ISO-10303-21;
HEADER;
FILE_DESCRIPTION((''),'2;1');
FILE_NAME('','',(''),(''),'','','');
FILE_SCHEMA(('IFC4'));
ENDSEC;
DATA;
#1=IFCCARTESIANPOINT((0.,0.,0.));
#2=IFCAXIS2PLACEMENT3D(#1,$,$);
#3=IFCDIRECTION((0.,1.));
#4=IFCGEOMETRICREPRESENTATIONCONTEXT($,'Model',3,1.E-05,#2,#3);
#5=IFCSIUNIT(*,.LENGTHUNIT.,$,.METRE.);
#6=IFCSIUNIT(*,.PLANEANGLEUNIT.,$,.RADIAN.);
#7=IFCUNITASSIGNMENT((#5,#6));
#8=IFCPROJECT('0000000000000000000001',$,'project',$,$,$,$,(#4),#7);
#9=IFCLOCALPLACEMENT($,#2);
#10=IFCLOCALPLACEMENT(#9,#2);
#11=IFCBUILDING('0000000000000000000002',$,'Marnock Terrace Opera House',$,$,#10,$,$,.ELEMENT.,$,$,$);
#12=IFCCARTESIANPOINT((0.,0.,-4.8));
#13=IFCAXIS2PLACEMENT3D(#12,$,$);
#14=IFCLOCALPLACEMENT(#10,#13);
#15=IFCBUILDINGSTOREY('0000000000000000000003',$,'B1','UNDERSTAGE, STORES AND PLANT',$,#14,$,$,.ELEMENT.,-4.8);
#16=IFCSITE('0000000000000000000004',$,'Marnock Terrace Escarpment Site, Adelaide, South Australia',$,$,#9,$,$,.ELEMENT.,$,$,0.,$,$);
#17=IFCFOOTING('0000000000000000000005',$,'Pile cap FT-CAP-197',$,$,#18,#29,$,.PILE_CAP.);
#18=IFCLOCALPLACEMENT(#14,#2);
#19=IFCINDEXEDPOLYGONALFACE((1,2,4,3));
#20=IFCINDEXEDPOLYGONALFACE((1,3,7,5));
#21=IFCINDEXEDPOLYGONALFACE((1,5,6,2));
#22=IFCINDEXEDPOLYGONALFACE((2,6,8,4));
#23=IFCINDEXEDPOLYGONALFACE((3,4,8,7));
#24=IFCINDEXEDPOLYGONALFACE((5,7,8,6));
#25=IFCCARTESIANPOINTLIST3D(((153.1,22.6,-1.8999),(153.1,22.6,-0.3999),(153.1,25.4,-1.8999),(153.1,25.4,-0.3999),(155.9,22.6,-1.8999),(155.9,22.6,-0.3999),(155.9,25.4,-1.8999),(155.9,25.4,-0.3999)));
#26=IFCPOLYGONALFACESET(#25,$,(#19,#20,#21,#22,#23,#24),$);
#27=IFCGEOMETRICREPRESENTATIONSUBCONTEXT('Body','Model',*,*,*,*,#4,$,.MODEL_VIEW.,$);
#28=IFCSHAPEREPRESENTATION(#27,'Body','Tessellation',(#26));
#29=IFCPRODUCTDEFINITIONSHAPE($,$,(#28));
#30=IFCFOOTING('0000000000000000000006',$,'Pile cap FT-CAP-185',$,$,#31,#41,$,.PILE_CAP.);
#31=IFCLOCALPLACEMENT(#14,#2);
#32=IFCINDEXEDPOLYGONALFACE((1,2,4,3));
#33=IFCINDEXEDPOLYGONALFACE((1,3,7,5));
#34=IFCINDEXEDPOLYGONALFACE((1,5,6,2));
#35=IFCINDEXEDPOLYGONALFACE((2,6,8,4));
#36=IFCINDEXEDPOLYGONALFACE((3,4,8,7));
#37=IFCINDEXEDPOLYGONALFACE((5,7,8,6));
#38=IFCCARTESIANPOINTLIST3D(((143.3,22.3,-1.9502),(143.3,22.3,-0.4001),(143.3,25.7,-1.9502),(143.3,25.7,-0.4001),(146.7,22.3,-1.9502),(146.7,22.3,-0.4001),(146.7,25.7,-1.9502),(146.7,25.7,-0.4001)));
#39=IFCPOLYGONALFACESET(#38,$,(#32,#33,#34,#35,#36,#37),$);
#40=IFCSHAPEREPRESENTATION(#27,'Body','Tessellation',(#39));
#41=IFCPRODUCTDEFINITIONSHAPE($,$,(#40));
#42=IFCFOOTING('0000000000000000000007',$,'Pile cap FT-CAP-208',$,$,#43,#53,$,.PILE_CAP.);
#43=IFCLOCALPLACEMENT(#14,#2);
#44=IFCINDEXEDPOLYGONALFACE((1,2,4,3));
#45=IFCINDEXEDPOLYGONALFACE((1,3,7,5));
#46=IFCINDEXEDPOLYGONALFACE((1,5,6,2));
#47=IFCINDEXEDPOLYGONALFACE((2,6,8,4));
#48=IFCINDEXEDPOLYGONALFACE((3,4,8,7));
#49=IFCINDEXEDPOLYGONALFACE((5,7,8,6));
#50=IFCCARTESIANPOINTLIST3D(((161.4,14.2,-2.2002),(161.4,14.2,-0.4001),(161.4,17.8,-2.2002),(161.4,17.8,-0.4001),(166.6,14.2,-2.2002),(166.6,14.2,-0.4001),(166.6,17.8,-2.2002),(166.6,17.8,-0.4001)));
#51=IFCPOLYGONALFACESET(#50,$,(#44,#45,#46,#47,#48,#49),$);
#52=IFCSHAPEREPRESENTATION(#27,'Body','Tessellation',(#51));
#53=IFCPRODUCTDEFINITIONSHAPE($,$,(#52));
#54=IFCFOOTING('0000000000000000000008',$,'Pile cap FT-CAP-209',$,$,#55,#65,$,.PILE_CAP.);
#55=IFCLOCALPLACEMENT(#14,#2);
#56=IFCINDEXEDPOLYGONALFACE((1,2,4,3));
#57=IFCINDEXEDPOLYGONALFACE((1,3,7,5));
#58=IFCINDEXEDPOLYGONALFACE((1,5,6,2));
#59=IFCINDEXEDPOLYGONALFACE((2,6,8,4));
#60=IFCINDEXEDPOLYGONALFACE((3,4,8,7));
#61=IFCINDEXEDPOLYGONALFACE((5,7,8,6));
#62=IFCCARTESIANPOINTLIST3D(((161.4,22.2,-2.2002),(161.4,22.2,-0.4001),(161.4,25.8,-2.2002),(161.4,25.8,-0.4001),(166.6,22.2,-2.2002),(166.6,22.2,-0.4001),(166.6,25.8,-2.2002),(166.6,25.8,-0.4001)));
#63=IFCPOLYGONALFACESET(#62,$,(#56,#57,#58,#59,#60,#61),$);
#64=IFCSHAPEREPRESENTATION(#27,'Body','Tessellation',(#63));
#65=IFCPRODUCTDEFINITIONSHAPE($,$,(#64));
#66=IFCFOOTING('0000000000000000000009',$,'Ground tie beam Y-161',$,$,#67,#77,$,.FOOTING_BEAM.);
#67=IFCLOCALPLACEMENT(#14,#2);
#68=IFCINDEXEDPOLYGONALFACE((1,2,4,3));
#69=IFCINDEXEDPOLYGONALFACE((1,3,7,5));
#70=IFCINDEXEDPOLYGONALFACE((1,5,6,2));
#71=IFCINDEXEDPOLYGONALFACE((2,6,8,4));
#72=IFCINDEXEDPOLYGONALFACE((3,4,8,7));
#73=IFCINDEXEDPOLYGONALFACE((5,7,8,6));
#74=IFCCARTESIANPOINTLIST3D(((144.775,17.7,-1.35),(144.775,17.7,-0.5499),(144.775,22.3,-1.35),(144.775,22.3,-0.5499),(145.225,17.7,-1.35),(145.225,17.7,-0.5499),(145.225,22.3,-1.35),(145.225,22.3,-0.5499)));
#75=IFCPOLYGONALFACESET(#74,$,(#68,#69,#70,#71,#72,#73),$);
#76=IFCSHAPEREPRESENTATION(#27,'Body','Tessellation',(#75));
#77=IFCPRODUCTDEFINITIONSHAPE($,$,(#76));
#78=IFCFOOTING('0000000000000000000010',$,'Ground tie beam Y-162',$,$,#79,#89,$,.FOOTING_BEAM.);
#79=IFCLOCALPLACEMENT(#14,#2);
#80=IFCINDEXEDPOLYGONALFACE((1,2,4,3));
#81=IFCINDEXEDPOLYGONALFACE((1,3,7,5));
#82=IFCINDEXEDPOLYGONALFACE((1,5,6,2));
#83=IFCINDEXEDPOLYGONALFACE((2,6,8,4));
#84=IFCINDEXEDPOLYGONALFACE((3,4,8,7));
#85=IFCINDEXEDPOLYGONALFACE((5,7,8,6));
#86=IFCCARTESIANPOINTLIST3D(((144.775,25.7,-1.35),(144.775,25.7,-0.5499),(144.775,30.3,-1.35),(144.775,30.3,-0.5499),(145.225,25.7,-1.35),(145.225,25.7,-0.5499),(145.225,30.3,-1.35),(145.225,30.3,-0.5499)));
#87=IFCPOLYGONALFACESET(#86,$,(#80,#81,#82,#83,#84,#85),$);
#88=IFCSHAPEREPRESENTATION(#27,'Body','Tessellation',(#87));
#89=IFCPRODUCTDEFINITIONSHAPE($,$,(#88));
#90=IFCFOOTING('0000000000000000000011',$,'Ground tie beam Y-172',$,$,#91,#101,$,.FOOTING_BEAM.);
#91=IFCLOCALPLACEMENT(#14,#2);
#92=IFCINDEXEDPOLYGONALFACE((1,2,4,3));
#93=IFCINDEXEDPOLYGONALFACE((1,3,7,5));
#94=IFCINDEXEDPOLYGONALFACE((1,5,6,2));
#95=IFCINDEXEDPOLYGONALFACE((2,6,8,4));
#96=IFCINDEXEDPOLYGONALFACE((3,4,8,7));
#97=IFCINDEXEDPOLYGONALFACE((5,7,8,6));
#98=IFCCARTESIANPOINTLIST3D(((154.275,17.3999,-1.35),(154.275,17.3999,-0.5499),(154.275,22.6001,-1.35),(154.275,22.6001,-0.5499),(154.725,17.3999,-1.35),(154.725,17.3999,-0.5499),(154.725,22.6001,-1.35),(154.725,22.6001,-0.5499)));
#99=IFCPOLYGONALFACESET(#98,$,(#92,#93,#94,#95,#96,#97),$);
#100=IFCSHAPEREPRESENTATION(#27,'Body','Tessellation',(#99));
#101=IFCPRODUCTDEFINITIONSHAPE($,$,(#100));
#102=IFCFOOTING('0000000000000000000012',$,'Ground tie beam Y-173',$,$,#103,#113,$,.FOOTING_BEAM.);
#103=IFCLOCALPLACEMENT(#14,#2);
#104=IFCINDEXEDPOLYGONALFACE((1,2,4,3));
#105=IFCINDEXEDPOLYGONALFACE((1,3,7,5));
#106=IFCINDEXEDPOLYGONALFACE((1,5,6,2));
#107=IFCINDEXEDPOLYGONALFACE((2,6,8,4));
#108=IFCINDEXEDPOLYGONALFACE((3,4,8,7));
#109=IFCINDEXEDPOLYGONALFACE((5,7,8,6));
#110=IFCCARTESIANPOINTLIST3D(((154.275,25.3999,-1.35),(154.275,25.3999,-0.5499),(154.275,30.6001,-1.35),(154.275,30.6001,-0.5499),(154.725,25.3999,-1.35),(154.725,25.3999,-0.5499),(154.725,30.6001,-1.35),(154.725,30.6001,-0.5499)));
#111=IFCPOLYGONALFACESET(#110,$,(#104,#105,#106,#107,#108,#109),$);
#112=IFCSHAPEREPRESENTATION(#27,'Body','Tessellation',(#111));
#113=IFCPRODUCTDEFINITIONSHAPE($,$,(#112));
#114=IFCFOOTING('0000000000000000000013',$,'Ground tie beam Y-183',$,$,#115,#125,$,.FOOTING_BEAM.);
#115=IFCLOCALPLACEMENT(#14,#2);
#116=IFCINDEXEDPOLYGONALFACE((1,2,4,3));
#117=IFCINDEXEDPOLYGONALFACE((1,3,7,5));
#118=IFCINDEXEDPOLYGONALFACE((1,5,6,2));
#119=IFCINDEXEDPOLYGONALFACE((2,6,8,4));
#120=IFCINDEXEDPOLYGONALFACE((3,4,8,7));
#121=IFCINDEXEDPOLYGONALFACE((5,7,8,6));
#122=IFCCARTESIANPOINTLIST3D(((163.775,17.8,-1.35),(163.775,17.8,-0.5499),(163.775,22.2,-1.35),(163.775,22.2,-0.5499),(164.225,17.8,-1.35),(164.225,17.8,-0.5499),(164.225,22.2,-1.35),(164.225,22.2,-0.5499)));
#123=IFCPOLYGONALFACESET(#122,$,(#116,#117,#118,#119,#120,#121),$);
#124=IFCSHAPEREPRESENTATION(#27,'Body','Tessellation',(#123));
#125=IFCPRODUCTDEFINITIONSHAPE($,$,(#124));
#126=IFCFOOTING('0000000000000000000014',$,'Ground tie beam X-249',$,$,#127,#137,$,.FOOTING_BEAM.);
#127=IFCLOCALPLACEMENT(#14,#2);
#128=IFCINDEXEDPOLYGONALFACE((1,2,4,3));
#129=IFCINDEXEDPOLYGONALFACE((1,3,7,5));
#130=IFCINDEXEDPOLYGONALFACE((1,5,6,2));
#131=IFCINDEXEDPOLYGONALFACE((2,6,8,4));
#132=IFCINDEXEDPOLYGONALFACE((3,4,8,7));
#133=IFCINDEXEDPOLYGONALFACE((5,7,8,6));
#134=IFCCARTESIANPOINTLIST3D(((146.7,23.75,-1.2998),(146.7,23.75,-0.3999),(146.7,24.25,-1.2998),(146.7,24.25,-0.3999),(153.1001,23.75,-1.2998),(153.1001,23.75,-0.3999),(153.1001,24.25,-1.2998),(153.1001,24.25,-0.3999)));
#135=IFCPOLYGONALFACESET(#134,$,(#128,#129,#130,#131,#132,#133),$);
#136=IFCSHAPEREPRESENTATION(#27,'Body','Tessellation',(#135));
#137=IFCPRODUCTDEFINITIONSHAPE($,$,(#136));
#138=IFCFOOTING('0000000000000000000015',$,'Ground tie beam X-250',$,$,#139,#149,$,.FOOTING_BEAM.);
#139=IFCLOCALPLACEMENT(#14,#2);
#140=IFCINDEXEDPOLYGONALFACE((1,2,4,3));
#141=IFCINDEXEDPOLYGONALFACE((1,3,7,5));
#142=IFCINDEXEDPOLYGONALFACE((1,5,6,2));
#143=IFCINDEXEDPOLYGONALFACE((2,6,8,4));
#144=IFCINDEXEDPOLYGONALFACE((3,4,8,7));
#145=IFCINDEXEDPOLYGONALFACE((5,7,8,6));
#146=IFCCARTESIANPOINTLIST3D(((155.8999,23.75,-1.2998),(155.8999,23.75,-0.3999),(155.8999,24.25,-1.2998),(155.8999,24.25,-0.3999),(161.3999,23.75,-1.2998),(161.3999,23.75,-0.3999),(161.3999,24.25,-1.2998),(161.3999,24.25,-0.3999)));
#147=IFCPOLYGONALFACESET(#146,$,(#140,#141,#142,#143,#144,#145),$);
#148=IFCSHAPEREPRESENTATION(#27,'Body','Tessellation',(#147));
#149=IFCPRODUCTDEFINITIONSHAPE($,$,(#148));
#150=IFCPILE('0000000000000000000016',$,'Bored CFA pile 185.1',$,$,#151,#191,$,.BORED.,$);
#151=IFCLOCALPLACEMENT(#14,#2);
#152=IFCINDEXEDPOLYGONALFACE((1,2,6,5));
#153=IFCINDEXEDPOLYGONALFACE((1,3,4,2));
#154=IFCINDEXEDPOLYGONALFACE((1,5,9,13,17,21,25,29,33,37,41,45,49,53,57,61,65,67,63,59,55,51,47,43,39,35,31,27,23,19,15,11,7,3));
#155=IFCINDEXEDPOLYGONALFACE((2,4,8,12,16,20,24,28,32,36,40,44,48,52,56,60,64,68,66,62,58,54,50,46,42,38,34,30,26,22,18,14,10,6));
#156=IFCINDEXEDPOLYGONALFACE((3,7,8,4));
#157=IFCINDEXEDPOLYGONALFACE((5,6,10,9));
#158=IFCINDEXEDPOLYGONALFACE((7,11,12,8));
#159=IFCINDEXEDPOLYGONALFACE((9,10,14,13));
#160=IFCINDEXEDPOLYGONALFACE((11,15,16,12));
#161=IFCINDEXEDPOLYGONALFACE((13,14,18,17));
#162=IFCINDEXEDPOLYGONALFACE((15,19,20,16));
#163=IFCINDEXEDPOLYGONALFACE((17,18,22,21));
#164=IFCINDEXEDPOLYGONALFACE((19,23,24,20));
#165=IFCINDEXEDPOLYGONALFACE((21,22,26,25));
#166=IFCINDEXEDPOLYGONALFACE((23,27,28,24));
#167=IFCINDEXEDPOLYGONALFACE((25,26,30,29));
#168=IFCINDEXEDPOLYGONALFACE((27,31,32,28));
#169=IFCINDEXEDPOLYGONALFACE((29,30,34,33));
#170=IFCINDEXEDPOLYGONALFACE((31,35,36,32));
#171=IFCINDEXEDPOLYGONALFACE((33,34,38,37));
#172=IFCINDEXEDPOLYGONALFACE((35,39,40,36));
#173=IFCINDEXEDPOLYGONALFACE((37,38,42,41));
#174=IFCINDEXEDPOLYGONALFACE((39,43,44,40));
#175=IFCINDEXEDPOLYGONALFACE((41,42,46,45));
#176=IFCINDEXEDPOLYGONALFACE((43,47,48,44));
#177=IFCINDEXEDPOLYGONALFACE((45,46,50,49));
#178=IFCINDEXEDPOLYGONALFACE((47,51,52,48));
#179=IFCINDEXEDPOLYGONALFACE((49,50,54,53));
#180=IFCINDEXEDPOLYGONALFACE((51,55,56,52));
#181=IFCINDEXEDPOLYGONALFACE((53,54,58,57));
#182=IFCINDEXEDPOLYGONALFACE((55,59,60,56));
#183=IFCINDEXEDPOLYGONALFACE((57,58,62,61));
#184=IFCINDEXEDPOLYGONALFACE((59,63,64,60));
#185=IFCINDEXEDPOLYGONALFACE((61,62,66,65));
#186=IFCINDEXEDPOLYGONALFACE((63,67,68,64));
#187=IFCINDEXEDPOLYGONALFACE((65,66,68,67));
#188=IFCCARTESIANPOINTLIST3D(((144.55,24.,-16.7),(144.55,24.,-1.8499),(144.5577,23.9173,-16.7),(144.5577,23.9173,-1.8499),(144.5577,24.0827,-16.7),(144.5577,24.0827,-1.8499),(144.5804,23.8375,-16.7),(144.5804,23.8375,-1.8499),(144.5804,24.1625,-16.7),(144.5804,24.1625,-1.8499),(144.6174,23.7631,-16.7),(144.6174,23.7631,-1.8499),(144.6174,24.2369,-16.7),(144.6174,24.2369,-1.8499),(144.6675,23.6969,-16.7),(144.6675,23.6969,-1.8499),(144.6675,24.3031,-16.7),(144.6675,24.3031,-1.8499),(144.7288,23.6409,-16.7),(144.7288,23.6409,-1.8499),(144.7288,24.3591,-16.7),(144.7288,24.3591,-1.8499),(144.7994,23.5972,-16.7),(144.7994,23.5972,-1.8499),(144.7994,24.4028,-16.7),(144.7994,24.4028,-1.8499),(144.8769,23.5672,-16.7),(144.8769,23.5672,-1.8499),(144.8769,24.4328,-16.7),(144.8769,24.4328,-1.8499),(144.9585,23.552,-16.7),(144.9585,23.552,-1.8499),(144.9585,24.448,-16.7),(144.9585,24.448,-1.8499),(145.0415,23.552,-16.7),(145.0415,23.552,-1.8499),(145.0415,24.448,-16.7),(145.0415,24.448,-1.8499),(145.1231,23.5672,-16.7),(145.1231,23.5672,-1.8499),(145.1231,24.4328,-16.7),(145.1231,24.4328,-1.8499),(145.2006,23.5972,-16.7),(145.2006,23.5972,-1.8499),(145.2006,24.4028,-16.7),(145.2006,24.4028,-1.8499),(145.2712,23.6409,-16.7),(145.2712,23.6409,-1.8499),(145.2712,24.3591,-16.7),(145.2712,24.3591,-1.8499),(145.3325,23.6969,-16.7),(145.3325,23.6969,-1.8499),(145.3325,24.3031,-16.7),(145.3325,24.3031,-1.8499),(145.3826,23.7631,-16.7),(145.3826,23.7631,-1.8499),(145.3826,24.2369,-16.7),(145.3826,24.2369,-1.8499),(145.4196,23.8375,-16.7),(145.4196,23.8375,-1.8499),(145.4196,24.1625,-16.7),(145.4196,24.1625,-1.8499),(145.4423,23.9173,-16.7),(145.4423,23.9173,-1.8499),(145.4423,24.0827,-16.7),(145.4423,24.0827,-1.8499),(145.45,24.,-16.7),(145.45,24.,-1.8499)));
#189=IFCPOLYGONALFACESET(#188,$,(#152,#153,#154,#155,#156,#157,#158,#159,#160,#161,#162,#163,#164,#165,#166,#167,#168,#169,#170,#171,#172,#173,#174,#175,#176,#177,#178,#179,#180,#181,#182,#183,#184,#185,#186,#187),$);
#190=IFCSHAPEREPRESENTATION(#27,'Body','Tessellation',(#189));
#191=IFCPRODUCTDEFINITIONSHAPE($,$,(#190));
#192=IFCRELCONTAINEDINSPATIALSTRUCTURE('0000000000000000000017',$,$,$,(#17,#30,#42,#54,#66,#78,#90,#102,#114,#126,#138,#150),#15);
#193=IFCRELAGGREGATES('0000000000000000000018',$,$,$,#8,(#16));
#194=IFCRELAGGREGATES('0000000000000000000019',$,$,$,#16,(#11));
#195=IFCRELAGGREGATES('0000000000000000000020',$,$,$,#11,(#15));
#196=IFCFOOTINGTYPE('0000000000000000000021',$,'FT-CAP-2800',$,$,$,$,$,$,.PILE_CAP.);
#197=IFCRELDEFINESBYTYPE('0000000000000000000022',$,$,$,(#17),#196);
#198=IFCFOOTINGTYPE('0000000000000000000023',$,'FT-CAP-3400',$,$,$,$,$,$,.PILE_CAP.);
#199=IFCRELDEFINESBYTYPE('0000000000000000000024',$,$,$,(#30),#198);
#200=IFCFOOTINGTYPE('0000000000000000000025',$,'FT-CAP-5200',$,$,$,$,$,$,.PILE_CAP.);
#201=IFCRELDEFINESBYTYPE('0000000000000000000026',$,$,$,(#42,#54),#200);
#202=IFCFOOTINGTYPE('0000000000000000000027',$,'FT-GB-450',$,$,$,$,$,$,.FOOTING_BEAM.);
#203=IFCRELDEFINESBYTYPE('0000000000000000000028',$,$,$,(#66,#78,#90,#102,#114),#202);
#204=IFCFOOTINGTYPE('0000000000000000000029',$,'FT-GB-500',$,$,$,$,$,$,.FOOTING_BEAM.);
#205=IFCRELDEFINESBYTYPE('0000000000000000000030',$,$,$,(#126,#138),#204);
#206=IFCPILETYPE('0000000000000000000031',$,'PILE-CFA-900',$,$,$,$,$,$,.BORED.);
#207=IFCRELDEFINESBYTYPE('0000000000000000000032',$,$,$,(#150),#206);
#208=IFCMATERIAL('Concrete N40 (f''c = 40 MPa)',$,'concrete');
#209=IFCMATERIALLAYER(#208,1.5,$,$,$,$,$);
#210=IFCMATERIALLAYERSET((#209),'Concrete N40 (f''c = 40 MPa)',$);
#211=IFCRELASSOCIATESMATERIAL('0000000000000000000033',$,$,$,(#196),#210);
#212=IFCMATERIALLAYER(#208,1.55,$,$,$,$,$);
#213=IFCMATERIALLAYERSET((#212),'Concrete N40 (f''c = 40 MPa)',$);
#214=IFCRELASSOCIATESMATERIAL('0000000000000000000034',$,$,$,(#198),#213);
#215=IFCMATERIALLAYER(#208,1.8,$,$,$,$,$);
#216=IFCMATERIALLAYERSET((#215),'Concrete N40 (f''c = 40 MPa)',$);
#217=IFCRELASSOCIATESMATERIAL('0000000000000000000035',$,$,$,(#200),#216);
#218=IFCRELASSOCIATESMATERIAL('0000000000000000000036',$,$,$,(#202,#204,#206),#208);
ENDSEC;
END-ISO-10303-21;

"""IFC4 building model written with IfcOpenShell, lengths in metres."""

from ifc_helpers import new_model, si_unit, direction, frame, origin, origin_2d, place, context, subcontext, project, spatial, rectangle, circle, extrude, material, layer, layer_set, material_profile, profile_set, type_object, element, save


model = new_model("IFC4")

# Units and contexts
model_context = context("Model", 3, precision=1e-05, world=origin(), true_north=direction((0.0, 1.0)))
body_context = subcontext(model_context, "Body", "Model", "MODEL_VIEW")
ifc_project = project(units=[si_unit("LENGTHUNIT", "METRE"), si_unit("PLANEANGLEUNIT", "RADIAN")], contexts=[model_context])

# Site, building, storey
site_placement = place(None, origin())
site = spatial("IfcSite", under=ifc_project, at=site_placement, Name="Marnock Terrace Escarpment Site, Adelaide, South Australia", CompositionType="ELEMENT", RefElevation=0.0)
building_placement = place(site_placement, origin())
building = spatial("IfcBuilding", under=site, at=building_placement, Name="Marnock Terrace Opera House", CompositionType="ELEMENT")
storey_placement = place(building_placement, frame((0.0, 0.0, -4.8)))
storey = spatial("IfcBuildingStorey", under=building, at=storey_placement, Name="B1", Description="UNDERSTAGE, STORES AND PLANT", CompositionType="ELEMENT", Elevation=-4.8)

# Footings
ifc_material_1 = material(Name="Concrete N40 (f'c = 40 MPa)", Category="concrete")
ifc_layer_1 = layer(ifc_material_1, 1.5)
ifc_layer_set_1 = layer_set([ifc_layer_1], Name="Concrete N40 (f'c = 40 MPa)")
footing_type_1 = type_object("IfcFootingType", Name="FT-CAP-2800", PredefinedType="PILE_CAP", material=ifc_layer_set_1)
footing_1_placement = place(storey_placement, frame((154.5, 24.0, -1.8999), z_axis=(0.0, 0.0, 1.0), x_axis=(1.0, 0.0, 0.0)))
element("IfcFooting", 1, at=footing_1_placement, inside=storey, type_object=footing_type_1, Name="Pile cap FT-CAP-197", PredefinedType="PILE_CAP", context=body_context, shape_type="SweptSolid", body=[
    extrude(rectangle(XDim=2.8, YDim=2.8, at=origin_2d()), origin(), (0.0, 0.0, 1.0), 1.5),
])
ifc_layer_2 = layer(ifc_material_1, 1.55)
ifc_layer_set_2 = layer_set([ifc_layer_2], Name="Concrete N40 (f'c = 40 MPa)")
footing_type_2 = type_object("IfcFootingType", Name="FT-CAP-3400", PredefinedType="PILE_CAP", material=ifc_layer_set_2)
footing_2_placement = place(storey_placement, frame((145.0, 24.0, -1.9502), z_axis=(0.0, 0.0, 1.0), x_axis=(1.0, 0.0, 0.0)))
element("IfcFooting", 2, at=footing_2_placement, inside=storey, type_object=footing_type_2, Name="Pile cap FT-CAP-185", PredefinedType="PILE_CAP", context=body_context, shape_type="SweptSolid", body=[
    extrude(rectangle(XDim=3.3999, YDim=3.3999, at=origin_2d()), origin(), (0.0, 0.0, 1.0), 1.55),
])
ifc_layer_3 = layer(ifc_material_1, 1.8)
ifc_layer_set_3 = layer_set([ifc_layer_3], Name="Concrete N40 (f'c = 40 MPa)")
footing_type_3 = type_object("IfcFootingType", Name="FT-CAP-5200", PredefinedType="PILE_CAP", material=ifc_layer_set_3)
for number, where, z_axis, x_axis, name in (
    (3, (164.0, 16.0, -2.2002), (0.0, 0.0, 1.0), (1.0, 0.0, 0.0), "Pile cap FT-CAP-208"),
    (4, (164.0, 24.0, -2.2002), (0.0, 0.0, 1.0), (1.0, 0.0, 0.0), "Pile cap FT-CAP-209"),
):
    element("IfcFooting", number, at=place(storey_placement, frame(where, z_axis=z_axis, x_axis=x_axis)), inside=storey, type_object=footing_type_3, Name=name, PredefinedType="PILE_CAP", context=body_context, shape_type="SweptSolid", body=[
        extrude(rectangle(XDim=5.2, YDim=3.6001, at=origin_2d()), origin(), (0.0, 0.0, 1.0), 1.8),
    ])
ifc_material_profile_1 = material_profile(ifc_material_1, rectangle(XDim=0.45, YDim=0.8, at=origin_2d()))
ifc_profile_set_1 = profile_set([ifc_material_profile_1], Name="Concrete N40 (f'c = 40 MPa)")
footing_type_4 = type_object("IfcFootingType", Name="FT-GB-450", PredefinedType="FOOTING_BEAM", material=ifc_profile_set_1)
for number, where, z_axis, x_axis, name in (
    (5, (145.0, 17.7, -0.95), (0.0, 1.0, 0.0), (-1.0, 0.0, 0.0), "Ground tie beam Y-161"),
    (6, (145.0, 25.7, -0.95), (0.0, 1.0, 0.0), (-1.0, 0.0, 0.0), "Ground tie beam Y-162"),
):
    element("IfcFooting", number, at=place(storey_placement, frame(where, z_axis=z_axis, x_axis=x_axis)), inside=storey, type_object=footing_type_4, Name=name, PredefinedType="FOOTING_BEAM", context=body_context, shape_type="SweptSolid", body=[
        extrude(rectangle(XDim=0.45, YDim=0.8, at=origin_2d()), origin(), (0.0, 0.0, 1.0), 4.6001),
    ])
for number, where, z_axis, x_axis, name in (
    (7, (154.5, 17.3999, -0.95), (0.0, 1.0, 0.0), (-1.0, 0.0, 0.0), "Ground tie beam Y-172"),
    (8, (154.5, 25.3999, -0.95), (0.0, 1.0, 0.0), (-1.0, 0.0, 0.0), "Ground tie beam Y-173"),
):
    element("IfcFooting", number, at=place(storey_placement, frame(where, z_axis=z_axis, x_axis=x_axis)), inside=storey, type_object=footing_type_4, Name=name, PredefinedType="FOOTING_BEAM", context=body_context, shape_type="SweptSolid", body=[
        extrude(rectangle(XDim=0.45, YDim=0.8, at=origin_2d()), origin(), (0.0, 0.0, 1.0), 5.2002),
    ])
footing_3_placement = place(storey_placement, frame((164.0, 17.8, -0.95), z_axis=(0.0, 1.0, 0.0), x_axis=(-1.0, 0.0, 0.0)))
element("IfcFooting", 9, at=footing_3_placement, inside=storey, type_object=footing_type_4, Name="Ground tie beam Y-183", PredefinedType="FOOTING_BEAM", context=body_context, shape_type="SweptSolid", body=[
    extrude(rectangle(XDim=0.45, YDim=0.8, at=origin_2d()), origin(), (0.0, 0.0, 1.0), 4.3999),
])
ifc_material_profile_2 = material_profile(ifc_material_1, rectangle(XDim=0.5, YDim=0.8999, at=origin_2d()))
ifc_profile_set_2 = profile_set([ifc_material_profile_2], Name="Concrete N40 (f'c = 40 MPa)")
footing_type_5 = type_object("IfcFootingType", Name="FT-GB-500", PredefinedType="FOOTING_BEAM", material=ifc_profile_set_2)
footing_4_placement = place(storey_placement, frame((146.7, 24.0, -0.8499), z_axis=(1.0, 0.0, 0.0), x_axis=(0.0, 1.0, 0.0)))
element("IfcFooting", 10, at=footing_4_placement, inside=storey, type_object=footing_type_5, Name="Ground tie beam X-249", PredefinedType="FOOTING_BEAM", context=body_context, shape_type="SweptSolid", body=[
    extrude(rectangle(XDim=0.5, YDim=0.8999, at=origin_2d()), origin(), (0.0, 0.0, 1.0), 6.4001),
])
footing_5_placement = place(storey_placement, frame((155.8999, 24.0, -0.8499), z_axis=(1.0, 0.0, 0.0), x_axis=(0.0, 1.0, 0.0)))
element("IfcFooting", 11, at=footing_5_placement, inside=storey, type_object=footing_type_5, Name="Ground tie beam X-250", PredefinedType="FOOTING_BEAM", context=body_context, shape_type="SweptSolid", body=[
    extrude(rectangle(XDim=0.5, YDim=0.8999, at=origin_2d()), origin(), (0.0, 0.0, 1.0), 5.5),
])

# Pile
ifc_material_profile_3 = material_profile(ifc_material_1, circle(Radius=0.45, at=origin_2d()))
ifc_profile_set_3 = profile_set([ifc_material_profile_3], Name="Concrete N40 (f'c = 40 MPa)")
pile_type = type_object("IfcPileType", Name="PILE-CFA-900", PredefinedType="BORED", material=ifc_profile_set_3)
pile_1_placement = place(storey_placement, frame((145.0, 24.0, -1.8499), z_axis=(0.0, 0.0, -1.0), x_axis=(1.0, 0.0, 0.0)))
element("IfcPile", 12, at=pile_1_placement, inside=storey, type_object=pile_type, Name="Bored CFA pile 185.1", PredefinedType="BORED", context=body_context, shape_type="SweptSolid", body=[
    extrude(circle(Radius=0.45, at=origin_2d()), origin(), (0.0, 0.0, 1.0), 14.8501),
])

save(model, "model.ifc")
